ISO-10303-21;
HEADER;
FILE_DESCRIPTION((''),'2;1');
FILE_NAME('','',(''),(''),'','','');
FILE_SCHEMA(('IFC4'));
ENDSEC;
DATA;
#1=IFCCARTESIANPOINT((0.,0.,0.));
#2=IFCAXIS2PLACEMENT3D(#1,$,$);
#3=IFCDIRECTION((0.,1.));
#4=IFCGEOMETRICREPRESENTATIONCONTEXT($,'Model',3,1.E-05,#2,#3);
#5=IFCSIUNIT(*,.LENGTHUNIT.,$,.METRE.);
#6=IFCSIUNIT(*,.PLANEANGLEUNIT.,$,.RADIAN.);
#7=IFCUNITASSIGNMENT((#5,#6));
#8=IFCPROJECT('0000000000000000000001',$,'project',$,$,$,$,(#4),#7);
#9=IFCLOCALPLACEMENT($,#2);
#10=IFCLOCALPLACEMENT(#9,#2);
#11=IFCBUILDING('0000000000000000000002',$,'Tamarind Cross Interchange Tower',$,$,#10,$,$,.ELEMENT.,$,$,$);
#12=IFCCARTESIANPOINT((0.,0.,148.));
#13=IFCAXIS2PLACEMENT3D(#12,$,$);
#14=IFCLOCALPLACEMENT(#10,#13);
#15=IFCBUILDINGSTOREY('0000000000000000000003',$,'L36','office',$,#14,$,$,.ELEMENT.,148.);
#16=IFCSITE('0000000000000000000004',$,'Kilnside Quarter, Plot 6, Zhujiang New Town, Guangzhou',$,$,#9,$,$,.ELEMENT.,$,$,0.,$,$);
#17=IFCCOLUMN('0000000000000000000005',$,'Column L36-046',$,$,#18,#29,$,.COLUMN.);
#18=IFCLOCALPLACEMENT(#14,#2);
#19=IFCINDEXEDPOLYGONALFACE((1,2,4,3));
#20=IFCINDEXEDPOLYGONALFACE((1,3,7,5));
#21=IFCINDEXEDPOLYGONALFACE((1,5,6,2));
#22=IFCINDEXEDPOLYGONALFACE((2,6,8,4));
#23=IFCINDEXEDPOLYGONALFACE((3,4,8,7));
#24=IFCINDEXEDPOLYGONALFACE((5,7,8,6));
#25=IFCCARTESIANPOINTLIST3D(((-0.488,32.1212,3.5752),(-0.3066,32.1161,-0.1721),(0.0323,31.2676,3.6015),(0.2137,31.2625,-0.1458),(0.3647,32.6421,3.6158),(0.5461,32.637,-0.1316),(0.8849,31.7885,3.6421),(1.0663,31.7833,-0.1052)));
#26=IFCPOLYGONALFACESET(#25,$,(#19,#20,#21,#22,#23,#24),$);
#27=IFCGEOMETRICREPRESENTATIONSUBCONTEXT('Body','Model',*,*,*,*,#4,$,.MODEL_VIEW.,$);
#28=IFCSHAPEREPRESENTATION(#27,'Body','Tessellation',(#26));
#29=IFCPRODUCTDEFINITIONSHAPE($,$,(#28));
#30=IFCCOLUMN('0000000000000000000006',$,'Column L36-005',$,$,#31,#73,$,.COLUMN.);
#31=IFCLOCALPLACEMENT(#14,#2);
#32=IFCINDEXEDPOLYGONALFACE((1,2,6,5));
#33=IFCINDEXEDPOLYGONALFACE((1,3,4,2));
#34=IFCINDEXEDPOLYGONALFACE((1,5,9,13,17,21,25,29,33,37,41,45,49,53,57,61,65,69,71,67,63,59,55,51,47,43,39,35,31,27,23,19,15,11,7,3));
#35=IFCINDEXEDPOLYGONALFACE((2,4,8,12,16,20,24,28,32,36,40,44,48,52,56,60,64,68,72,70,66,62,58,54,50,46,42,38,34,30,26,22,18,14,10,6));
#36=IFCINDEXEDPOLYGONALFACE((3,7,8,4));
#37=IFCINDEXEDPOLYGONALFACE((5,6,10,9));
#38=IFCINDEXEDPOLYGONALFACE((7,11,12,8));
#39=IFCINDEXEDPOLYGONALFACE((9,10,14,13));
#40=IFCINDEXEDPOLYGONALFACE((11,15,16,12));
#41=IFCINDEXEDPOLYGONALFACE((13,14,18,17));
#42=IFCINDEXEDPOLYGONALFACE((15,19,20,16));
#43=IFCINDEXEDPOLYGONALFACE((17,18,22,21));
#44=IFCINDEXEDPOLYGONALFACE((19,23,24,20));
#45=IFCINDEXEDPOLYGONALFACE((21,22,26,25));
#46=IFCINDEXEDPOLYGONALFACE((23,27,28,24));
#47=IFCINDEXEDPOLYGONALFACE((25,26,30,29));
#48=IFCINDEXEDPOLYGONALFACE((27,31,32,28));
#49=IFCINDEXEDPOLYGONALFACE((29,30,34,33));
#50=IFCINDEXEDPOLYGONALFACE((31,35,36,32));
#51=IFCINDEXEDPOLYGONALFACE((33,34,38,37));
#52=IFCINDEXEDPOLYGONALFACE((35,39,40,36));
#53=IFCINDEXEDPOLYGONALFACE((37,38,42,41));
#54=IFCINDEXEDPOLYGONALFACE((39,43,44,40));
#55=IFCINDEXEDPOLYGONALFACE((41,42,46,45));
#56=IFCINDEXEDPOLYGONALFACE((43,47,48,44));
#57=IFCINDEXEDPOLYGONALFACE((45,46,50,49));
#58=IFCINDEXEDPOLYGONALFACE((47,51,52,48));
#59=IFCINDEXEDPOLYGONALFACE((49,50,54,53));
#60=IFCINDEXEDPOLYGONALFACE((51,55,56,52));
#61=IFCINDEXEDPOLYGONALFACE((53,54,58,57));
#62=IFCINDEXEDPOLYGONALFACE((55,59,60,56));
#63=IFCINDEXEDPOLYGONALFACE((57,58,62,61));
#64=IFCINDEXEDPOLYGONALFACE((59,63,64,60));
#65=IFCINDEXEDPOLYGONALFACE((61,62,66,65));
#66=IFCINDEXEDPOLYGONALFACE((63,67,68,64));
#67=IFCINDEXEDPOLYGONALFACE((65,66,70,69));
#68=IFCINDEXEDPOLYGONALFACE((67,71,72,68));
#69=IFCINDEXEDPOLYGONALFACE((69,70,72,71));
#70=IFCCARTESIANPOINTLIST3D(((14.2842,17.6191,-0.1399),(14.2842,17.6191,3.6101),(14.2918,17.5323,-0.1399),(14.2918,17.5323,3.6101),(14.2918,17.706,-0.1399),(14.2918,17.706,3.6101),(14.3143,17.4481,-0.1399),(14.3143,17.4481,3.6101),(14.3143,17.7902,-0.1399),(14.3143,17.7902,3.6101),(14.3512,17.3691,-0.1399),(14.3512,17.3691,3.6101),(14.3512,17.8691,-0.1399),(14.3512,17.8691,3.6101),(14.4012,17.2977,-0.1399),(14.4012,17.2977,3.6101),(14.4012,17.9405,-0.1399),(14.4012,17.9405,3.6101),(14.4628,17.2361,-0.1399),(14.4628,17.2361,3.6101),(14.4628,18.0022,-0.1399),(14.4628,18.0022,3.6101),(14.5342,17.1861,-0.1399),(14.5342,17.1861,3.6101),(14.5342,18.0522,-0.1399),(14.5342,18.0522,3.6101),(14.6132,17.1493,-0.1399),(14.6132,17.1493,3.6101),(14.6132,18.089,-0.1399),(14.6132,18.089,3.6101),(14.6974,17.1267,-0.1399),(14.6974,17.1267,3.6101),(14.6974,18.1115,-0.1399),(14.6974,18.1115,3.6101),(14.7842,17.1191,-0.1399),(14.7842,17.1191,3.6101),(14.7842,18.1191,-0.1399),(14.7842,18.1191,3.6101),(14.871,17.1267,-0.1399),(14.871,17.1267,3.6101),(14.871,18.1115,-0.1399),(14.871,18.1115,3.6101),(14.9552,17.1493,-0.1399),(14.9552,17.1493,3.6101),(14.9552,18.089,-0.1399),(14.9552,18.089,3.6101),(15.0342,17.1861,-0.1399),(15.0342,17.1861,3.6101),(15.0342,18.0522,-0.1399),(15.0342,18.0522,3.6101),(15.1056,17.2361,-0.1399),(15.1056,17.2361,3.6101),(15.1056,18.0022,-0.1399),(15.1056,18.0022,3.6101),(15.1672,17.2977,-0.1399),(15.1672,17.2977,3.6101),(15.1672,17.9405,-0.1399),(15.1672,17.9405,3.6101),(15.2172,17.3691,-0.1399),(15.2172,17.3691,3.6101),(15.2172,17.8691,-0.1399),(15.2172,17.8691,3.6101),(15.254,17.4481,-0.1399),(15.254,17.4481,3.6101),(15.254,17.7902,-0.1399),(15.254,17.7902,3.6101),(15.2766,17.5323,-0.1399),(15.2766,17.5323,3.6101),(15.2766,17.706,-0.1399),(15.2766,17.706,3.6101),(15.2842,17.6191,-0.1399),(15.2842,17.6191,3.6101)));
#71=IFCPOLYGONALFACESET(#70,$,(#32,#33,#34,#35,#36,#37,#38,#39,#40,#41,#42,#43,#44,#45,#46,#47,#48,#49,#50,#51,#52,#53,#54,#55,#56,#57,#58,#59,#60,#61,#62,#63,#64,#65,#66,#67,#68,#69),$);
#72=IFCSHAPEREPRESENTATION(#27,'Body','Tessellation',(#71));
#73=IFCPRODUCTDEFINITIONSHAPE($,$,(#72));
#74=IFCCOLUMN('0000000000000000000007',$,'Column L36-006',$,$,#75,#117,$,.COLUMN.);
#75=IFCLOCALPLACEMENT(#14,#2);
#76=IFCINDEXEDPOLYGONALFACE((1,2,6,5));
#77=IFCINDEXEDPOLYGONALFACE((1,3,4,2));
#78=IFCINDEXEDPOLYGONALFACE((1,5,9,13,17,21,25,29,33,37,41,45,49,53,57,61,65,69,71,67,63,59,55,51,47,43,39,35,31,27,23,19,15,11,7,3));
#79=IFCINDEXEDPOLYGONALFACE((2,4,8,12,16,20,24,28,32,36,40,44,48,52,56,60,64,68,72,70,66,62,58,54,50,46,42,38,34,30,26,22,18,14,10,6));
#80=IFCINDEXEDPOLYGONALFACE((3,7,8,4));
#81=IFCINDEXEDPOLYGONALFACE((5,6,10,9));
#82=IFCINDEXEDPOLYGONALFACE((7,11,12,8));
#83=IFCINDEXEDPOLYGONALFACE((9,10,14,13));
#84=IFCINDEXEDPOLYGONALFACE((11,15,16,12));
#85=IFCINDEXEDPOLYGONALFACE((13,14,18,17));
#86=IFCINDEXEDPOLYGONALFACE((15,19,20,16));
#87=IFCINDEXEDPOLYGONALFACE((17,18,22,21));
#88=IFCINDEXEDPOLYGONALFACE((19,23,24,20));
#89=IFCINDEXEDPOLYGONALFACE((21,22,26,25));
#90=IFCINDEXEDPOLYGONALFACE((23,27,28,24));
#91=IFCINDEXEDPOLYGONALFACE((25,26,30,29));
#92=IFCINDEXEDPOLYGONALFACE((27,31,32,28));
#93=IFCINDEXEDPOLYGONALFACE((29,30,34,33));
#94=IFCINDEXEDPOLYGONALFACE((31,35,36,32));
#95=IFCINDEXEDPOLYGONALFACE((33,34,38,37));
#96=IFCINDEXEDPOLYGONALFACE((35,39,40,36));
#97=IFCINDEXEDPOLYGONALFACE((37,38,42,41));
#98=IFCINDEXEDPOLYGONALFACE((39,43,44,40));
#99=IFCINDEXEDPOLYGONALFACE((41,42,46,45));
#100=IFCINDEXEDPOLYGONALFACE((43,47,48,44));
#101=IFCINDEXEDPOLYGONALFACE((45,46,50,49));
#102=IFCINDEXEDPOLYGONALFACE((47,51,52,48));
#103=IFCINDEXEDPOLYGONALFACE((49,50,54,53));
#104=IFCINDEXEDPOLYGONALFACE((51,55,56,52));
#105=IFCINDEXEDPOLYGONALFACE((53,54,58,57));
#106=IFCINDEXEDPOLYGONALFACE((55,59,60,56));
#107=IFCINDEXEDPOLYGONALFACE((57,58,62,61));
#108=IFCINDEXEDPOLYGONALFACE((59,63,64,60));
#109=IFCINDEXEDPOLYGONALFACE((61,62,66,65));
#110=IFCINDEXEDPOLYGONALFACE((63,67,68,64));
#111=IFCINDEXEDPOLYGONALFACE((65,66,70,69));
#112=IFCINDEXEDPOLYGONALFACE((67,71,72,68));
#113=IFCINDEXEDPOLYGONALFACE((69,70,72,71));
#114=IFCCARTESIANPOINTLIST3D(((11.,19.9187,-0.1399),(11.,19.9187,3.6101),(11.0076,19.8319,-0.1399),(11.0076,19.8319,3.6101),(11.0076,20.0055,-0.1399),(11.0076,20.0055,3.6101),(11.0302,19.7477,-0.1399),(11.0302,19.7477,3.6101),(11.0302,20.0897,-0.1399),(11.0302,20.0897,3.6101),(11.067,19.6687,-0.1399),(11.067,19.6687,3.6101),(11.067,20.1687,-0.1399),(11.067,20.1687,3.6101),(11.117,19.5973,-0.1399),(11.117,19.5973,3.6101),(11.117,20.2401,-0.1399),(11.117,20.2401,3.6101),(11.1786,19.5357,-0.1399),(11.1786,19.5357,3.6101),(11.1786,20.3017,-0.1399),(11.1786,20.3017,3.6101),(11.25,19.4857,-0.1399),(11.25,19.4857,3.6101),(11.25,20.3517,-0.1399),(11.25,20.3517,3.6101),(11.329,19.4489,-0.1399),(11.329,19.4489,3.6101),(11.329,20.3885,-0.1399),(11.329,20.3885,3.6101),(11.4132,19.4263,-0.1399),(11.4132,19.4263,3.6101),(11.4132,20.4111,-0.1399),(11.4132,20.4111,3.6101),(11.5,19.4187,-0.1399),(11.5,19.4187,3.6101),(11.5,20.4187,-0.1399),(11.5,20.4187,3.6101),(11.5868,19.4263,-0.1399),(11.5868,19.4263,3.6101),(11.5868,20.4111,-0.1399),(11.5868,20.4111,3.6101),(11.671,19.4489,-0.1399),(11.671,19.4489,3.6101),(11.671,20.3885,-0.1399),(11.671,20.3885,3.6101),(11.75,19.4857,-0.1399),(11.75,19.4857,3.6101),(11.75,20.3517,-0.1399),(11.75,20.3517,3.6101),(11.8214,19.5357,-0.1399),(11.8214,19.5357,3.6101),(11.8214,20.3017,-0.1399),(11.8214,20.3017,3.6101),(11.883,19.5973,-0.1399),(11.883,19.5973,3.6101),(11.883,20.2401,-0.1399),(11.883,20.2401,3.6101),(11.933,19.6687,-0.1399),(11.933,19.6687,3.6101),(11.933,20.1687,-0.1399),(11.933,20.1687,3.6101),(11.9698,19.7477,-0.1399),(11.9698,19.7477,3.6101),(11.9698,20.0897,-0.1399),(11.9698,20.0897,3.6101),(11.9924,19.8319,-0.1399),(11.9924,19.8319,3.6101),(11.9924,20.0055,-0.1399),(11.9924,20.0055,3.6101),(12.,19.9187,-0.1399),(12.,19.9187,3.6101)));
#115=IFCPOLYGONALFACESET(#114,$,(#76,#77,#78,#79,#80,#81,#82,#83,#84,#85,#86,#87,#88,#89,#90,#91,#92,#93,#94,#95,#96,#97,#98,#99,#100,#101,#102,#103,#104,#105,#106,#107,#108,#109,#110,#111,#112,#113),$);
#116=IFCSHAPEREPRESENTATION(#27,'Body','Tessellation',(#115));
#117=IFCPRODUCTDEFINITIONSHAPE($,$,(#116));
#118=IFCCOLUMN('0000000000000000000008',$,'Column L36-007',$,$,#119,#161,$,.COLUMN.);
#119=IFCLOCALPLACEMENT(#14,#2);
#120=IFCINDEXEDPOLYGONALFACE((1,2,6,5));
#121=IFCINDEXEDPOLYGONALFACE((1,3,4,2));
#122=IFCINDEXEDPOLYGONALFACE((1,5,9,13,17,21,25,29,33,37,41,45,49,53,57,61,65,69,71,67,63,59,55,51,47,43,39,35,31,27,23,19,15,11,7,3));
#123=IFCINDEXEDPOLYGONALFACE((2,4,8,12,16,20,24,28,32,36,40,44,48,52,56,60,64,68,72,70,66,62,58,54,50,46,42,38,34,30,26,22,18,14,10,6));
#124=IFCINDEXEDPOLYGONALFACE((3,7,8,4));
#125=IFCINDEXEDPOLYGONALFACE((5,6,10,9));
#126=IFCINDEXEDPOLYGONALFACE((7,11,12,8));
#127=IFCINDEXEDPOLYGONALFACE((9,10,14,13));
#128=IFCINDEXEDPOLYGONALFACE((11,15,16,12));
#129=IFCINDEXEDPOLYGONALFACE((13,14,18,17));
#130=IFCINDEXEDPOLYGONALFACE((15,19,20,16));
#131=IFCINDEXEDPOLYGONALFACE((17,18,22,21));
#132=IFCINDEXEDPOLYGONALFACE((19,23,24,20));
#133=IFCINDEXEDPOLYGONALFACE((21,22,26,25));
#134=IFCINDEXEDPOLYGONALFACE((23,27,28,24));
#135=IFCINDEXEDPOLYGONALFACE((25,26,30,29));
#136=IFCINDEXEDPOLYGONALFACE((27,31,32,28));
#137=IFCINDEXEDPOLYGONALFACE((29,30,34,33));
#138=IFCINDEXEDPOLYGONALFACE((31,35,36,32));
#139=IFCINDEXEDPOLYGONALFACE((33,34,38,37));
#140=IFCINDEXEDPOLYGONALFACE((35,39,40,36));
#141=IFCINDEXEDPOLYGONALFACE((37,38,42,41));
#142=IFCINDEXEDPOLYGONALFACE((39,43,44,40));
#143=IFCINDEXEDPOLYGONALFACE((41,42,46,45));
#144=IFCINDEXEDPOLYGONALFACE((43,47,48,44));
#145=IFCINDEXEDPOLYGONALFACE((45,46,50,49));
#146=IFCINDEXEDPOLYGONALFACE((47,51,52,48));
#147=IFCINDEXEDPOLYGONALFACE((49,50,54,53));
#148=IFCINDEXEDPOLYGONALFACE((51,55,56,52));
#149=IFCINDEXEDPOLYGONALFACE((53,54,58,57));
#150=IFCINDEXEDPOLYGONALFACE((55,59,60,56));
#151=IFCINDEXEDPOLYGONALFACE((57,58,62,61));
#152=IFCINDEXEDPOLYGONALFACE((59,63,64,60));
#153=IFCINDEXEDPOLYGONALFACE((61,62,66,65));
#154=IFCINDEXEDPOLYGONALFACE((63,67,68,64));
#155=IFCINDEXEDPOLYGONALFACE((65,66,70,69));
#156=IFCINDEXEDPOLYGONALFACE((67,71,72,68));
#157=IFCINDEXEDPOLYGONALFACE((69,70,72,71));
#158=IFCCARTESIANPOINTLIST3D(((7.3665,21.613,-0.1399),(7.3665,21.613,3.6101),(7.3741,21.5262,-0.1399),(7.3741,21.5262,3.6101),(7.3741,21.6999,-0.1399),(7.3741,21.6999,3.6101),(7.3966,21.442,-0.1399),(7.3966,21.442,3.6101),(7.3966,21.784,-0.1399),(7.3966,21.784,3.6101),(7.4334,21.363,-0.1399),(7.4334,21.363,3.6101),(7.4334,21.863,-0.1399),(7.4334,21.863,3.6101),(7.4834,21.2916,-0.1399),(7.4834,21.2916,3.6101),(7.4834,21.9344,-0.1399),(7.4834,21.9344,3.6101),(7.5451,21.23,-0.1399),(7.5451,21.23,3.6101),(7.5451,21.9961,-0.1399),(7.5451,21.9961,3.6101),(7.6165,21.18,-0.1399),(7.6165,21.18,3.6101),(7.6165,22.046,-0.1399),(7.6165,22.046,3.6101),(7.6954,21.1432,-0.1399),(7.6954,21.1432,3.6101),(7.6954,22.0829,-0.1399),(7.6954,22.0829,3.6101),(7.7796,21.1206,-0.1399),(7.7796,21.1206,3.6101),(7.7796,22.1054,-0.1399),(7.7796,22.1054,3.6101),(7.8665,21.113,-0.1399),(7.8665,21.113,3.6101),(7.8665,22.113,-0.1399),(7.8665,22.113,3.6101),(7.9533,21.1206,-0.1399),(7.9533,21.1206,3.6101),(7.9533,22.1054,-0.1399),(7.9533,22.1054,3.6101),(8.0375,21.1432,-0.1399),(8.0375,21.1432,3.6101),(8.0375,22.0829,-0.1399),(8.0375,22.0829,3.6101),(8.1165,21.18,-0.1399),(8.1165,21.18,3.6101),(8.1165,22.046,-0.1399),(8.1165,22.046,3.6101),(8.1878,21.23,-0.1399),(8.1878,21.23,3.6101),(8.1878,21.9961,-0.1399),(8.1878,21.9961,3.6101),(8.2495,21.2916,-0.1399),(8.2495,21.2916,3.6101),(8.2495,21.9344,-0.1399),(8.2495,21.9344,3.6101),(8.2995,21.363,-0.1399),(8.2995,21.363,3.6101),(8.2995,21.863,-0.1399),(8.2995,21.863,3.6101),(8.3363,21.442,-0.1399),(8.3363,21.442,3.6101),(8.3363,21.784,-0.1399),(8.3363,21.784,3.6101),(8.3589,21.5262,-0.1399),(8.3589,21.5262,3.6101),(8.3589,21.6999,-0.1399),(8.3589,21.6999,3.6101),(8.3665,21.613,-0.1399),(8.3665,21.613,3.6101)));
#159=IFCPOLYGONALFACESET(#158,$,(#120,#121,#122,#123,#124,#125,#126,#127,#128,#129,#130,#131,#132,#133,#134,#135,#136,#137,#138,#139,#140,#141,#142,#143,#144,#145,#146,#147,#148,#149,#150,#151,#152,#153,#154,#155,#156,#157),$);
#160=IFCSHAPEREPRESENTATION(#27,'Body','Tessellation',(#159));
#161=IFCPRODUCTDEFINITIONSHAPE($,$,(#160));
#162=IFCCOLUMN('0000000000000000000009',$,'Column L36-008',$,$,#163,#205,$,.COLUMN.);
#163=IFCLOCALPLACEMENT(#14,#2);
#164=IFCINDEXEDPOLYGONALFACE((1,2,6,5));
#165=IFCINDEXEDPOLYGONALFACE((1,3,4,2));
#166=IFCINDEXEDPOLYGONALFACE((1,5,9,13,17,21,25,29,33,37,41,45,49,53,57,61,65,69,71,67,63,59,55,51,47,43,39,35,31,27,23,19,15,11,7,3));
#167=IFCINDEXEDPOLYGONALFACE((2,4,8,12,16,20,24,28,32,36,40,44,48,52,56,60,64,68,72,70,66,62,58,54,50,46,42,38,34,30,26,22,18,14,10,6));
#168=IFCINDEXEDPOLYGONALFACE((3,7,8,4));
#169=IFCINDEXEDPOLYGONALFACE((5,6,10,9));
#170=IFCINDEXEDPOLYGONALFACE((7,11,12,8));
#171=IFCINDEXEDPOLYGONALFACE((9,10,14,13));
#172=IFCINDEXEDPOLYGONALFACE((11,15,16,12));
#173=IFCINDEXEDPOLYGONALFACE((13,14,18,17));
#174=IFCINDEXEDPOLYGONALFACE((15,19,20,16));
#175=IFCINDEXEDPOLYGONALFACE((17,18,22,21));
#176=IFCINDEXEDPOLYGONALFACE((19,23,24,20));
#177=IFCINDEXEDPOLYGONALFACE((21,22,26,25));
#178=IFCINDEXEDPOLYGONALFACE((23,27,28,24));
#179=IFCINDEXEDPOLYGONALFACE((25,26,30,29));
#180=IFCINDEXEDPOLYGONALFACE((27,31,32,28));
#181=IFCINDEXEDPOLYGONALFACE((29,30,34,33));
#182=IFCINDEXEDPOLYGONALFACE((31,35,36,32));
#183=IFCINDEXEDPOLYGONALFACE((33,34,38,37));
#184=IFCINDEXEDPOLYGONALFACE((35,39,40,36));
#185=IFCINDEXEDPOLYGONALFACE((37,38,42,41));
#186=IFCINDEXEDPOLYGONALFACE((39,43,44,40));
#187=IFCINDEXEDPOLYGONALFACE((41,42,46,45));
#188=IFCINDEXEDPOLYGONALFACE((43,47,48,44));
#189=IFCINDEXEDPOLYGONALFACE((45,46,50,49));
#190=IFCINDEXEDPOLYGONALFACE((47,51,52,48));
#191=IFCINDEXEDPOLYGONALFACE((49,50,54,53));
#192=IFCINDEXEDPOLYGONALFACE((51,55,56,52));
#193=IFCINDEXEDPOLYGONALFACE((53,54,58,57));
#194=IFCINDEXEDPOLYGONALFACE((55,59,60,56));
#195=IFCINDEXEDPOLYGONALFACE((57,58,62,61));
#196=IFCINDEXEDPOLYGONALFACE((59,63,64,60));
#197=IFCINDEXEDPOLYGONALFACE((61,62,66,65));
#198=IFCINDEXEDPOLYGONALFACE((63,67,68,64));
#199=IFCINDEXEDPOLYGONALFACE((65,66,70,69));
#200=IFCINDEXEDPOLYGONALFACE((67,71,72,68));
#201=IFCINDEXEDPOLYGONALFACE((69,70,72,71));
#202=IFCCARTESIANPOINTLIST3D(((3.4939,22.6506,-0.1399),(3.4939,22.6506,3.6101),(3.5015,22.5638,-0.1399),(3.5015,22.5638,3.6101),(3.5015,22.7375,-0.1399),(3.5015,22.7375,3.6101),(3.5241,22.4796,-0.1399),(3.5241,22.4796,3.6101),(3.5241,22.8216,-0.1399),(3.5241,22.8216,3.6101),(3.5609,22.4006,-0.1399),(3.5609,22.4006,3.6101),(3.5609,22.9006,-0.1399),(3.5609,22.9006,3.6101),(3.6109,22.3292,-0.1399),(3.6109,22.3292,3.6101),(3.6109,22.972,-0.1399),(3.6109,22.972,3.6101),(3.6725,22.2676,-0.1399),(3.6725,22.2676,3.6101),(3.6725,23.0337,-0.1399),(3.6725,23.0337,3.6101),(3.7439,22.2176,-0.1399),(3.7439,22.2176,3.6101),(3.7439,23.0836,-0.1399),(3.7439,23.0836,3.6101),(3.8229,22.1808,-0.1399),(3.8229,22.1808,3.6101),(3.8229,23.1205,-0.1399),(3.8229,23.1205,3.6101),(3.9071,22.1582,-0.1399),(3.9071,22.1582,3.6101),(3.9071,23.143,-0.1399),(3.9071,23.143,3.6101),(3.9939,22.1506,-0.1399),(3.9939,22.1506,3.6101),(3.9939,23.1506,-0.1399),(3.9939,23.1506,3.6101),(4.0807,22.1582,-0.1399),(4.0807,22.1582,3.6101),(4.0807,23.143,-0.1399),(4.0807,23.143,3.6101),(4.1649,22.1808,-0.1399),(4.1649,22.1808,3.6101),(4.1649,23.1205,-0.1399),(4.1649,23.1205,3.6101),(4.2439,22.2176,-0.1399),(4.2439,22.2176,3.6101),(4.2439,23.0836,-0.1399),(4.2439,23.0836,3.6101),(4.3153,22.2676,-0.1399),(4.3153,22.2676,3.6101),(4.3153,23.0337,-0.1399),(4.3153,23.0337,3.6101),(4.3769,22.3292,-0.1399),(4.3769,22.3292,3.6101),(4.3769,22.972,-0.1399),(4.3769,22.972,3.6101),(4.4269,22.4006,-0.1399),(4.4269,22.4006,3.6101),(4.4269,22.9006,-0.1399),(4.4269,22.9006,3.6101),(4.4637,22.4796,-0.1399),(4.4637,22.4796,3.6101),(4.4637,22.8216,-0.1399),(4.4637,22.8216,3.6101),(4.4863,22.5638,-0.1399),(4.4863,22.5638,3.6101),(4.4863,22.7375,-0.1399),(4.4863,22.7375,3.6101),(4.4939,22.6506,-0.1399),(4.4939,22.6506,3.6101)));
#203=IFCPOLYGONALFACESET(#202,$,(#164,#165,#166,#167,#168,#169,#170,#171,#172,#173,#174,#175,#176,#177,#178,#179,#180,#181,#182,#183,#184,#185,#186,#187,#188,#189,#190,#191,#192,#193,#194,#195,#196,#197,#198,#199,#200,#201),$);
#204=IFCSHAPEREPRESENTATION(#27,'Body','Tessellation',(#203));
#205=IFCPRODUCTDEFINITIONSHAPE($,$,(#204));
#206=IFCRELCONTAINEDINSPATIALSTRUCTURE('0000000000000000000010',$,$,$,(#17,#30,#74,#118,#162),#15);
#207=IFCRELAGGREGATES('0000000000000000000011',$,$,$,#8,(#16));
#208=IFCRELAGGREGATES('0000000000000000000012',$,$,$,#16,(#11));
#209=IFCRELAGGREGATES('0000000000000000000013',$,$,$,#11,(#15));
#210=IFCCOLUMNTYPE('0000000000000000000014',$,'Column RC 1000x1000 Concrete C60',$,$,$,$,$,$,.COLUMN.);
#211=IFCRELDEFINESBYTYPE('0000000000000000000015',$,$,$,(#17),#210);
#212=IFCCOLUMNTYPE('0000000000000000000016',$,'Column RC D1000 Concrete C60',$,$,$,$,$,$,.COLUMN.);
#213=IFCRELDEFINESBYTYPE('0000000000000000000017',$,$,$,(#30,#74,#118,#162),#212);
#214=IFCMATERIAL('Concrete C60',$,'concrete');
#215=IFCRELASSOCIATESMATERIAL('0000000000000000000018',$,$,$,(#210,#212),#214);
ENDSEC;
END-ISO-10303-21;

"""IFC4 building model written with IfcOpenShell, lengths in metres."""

from ifc_helpers import new_model, si_unit, direction, frame, origin, origin_2d, place, context, subcontext, project, spatial, rectangle, circle, extrude, material, material_profile, profile_set, type_object, element, save


model = new_model("IFC4")

# Units and contexts
model_context = context("Model", 3, precision=1e-05, world=origin(), true_north=direction((0.0, 1.0)))
body_context = subcontext(model_context, "Body", "Model", "MODEL_VIEW")
ifc_project = project(units=[si_unit("LENGTHUNIT", "METRE"), si_unit("PLANEANGLEUNIT", "RADIAN")], contexts=[model_context])

# Site, building, storey
site_placement = place(None, origin())
site = spatial("IfcSite", under=ifc_project, at=site_placement, Name="Kilnside Quarter, Plot 6, Zhujiang New Town, Guangzhou", CompositionType="ELEMENT", RefElevation=0.0)
building_placement = place(site_placement, origin())
building = spatial("IfcBuilding", under=site, at=building_placement, Name="Tamarind Cross Interchange Tower", CompositionType="ELEMENT")
storey_placement = place(building_placement, frame((0.0, 0.0, 148.0)))
storey = spatial("IfcBuildingStorey", under=building, at=storey_placement, Name="L36", Description="office", CompositionType="ELEMENT", Elevation=148.0)

# Columns
ifc_material_1 = material(Name="Concrete C60", Category="concrete")
ifc_material_profile_1 = material_profile(ifc_material_1, rectangle(XDim=1.0, YDim=1.0, at=origin_2d()), Name="RC 1000x1000")
ifc_profile_set_1 = profile_set([ifc_material_profile_1], Name="Concrete C60")
column_type_1 = type_object("IfcColumnType", Name="Column RC 1000x1000 Concrete C60", PredefinedType="COLUMN", material=ifc_profile_set_1)
column_placement = place(storey_placement, frame((0.3799, 31.9497, -0.1387), z_axis=(-0.04835, 0.001367, 0.99883), x_axis=(0.52021, -0.853632, 0.02635)))
element("IfcColumn", 1, at=column_placement, inside=storey, type_object=column_type_1, Name="Column L36-046", PredefinedType="COLUMN", context=body_context, shape_type="SweptSolid", body=[
    extrude(rectangle(XDim=1.0, YDim=1.0, at=origin_2d()), origin(), (0.0, 0.0, 1.0), 3.7517),
])
ifc_material_profile_2 = material_profile(ifc_material_1, circle(Radius=0.5, at=origin_2d()), Name="RC D1000")
ifc_profile_set_2 = profile_set([ifc_material_profile_2], Name="Concrete C60")
column_type_2 = type_object("IfcColumnType", Name="Column RC D1000 Concrete C60", PredefinedType="COLUMN", material=ifc_profile_set_2)
for number, where, z_axis, x_axis, name in (
    (2, (14.7842, 17.6191, -0.1399), (0.0, 0.0, 1.0), (1.0, 0.0, 0.0), "Column L36-005"),
    (3, (11.5, 19.9187, -0.1399), (0.0, 0.0, 1.0), (1.0, 0.0, 0.0), "Column L36-006"),
    (4, (7.8665, 21.613, -0.1399), (0.0, 0.0, 1.0), (1.0, 0.0, 0.0), "Column L36-007"),
    (5, (3.9939, 22.6506, -0.1399), (0.0, 0.0, 1.0), (1.0, 0.0, 0.0), "Column L36-008"),
):
    element("IfcColumn", number, at=place(storey_placement, frame(where, z_axis=z_axis, x_axis=x_axis)), inside=storey, type_object=column_type_2, Name=name, PredefinedType="COLUMN", context=body_context, shape_type="SweptSolid", body=[
        extrude(circle(Radius=0.5, at=origin_2d()), origin(), (0.0, 0.0, 1.0), 3.75),
    ])

save(model, "model.ifc")
